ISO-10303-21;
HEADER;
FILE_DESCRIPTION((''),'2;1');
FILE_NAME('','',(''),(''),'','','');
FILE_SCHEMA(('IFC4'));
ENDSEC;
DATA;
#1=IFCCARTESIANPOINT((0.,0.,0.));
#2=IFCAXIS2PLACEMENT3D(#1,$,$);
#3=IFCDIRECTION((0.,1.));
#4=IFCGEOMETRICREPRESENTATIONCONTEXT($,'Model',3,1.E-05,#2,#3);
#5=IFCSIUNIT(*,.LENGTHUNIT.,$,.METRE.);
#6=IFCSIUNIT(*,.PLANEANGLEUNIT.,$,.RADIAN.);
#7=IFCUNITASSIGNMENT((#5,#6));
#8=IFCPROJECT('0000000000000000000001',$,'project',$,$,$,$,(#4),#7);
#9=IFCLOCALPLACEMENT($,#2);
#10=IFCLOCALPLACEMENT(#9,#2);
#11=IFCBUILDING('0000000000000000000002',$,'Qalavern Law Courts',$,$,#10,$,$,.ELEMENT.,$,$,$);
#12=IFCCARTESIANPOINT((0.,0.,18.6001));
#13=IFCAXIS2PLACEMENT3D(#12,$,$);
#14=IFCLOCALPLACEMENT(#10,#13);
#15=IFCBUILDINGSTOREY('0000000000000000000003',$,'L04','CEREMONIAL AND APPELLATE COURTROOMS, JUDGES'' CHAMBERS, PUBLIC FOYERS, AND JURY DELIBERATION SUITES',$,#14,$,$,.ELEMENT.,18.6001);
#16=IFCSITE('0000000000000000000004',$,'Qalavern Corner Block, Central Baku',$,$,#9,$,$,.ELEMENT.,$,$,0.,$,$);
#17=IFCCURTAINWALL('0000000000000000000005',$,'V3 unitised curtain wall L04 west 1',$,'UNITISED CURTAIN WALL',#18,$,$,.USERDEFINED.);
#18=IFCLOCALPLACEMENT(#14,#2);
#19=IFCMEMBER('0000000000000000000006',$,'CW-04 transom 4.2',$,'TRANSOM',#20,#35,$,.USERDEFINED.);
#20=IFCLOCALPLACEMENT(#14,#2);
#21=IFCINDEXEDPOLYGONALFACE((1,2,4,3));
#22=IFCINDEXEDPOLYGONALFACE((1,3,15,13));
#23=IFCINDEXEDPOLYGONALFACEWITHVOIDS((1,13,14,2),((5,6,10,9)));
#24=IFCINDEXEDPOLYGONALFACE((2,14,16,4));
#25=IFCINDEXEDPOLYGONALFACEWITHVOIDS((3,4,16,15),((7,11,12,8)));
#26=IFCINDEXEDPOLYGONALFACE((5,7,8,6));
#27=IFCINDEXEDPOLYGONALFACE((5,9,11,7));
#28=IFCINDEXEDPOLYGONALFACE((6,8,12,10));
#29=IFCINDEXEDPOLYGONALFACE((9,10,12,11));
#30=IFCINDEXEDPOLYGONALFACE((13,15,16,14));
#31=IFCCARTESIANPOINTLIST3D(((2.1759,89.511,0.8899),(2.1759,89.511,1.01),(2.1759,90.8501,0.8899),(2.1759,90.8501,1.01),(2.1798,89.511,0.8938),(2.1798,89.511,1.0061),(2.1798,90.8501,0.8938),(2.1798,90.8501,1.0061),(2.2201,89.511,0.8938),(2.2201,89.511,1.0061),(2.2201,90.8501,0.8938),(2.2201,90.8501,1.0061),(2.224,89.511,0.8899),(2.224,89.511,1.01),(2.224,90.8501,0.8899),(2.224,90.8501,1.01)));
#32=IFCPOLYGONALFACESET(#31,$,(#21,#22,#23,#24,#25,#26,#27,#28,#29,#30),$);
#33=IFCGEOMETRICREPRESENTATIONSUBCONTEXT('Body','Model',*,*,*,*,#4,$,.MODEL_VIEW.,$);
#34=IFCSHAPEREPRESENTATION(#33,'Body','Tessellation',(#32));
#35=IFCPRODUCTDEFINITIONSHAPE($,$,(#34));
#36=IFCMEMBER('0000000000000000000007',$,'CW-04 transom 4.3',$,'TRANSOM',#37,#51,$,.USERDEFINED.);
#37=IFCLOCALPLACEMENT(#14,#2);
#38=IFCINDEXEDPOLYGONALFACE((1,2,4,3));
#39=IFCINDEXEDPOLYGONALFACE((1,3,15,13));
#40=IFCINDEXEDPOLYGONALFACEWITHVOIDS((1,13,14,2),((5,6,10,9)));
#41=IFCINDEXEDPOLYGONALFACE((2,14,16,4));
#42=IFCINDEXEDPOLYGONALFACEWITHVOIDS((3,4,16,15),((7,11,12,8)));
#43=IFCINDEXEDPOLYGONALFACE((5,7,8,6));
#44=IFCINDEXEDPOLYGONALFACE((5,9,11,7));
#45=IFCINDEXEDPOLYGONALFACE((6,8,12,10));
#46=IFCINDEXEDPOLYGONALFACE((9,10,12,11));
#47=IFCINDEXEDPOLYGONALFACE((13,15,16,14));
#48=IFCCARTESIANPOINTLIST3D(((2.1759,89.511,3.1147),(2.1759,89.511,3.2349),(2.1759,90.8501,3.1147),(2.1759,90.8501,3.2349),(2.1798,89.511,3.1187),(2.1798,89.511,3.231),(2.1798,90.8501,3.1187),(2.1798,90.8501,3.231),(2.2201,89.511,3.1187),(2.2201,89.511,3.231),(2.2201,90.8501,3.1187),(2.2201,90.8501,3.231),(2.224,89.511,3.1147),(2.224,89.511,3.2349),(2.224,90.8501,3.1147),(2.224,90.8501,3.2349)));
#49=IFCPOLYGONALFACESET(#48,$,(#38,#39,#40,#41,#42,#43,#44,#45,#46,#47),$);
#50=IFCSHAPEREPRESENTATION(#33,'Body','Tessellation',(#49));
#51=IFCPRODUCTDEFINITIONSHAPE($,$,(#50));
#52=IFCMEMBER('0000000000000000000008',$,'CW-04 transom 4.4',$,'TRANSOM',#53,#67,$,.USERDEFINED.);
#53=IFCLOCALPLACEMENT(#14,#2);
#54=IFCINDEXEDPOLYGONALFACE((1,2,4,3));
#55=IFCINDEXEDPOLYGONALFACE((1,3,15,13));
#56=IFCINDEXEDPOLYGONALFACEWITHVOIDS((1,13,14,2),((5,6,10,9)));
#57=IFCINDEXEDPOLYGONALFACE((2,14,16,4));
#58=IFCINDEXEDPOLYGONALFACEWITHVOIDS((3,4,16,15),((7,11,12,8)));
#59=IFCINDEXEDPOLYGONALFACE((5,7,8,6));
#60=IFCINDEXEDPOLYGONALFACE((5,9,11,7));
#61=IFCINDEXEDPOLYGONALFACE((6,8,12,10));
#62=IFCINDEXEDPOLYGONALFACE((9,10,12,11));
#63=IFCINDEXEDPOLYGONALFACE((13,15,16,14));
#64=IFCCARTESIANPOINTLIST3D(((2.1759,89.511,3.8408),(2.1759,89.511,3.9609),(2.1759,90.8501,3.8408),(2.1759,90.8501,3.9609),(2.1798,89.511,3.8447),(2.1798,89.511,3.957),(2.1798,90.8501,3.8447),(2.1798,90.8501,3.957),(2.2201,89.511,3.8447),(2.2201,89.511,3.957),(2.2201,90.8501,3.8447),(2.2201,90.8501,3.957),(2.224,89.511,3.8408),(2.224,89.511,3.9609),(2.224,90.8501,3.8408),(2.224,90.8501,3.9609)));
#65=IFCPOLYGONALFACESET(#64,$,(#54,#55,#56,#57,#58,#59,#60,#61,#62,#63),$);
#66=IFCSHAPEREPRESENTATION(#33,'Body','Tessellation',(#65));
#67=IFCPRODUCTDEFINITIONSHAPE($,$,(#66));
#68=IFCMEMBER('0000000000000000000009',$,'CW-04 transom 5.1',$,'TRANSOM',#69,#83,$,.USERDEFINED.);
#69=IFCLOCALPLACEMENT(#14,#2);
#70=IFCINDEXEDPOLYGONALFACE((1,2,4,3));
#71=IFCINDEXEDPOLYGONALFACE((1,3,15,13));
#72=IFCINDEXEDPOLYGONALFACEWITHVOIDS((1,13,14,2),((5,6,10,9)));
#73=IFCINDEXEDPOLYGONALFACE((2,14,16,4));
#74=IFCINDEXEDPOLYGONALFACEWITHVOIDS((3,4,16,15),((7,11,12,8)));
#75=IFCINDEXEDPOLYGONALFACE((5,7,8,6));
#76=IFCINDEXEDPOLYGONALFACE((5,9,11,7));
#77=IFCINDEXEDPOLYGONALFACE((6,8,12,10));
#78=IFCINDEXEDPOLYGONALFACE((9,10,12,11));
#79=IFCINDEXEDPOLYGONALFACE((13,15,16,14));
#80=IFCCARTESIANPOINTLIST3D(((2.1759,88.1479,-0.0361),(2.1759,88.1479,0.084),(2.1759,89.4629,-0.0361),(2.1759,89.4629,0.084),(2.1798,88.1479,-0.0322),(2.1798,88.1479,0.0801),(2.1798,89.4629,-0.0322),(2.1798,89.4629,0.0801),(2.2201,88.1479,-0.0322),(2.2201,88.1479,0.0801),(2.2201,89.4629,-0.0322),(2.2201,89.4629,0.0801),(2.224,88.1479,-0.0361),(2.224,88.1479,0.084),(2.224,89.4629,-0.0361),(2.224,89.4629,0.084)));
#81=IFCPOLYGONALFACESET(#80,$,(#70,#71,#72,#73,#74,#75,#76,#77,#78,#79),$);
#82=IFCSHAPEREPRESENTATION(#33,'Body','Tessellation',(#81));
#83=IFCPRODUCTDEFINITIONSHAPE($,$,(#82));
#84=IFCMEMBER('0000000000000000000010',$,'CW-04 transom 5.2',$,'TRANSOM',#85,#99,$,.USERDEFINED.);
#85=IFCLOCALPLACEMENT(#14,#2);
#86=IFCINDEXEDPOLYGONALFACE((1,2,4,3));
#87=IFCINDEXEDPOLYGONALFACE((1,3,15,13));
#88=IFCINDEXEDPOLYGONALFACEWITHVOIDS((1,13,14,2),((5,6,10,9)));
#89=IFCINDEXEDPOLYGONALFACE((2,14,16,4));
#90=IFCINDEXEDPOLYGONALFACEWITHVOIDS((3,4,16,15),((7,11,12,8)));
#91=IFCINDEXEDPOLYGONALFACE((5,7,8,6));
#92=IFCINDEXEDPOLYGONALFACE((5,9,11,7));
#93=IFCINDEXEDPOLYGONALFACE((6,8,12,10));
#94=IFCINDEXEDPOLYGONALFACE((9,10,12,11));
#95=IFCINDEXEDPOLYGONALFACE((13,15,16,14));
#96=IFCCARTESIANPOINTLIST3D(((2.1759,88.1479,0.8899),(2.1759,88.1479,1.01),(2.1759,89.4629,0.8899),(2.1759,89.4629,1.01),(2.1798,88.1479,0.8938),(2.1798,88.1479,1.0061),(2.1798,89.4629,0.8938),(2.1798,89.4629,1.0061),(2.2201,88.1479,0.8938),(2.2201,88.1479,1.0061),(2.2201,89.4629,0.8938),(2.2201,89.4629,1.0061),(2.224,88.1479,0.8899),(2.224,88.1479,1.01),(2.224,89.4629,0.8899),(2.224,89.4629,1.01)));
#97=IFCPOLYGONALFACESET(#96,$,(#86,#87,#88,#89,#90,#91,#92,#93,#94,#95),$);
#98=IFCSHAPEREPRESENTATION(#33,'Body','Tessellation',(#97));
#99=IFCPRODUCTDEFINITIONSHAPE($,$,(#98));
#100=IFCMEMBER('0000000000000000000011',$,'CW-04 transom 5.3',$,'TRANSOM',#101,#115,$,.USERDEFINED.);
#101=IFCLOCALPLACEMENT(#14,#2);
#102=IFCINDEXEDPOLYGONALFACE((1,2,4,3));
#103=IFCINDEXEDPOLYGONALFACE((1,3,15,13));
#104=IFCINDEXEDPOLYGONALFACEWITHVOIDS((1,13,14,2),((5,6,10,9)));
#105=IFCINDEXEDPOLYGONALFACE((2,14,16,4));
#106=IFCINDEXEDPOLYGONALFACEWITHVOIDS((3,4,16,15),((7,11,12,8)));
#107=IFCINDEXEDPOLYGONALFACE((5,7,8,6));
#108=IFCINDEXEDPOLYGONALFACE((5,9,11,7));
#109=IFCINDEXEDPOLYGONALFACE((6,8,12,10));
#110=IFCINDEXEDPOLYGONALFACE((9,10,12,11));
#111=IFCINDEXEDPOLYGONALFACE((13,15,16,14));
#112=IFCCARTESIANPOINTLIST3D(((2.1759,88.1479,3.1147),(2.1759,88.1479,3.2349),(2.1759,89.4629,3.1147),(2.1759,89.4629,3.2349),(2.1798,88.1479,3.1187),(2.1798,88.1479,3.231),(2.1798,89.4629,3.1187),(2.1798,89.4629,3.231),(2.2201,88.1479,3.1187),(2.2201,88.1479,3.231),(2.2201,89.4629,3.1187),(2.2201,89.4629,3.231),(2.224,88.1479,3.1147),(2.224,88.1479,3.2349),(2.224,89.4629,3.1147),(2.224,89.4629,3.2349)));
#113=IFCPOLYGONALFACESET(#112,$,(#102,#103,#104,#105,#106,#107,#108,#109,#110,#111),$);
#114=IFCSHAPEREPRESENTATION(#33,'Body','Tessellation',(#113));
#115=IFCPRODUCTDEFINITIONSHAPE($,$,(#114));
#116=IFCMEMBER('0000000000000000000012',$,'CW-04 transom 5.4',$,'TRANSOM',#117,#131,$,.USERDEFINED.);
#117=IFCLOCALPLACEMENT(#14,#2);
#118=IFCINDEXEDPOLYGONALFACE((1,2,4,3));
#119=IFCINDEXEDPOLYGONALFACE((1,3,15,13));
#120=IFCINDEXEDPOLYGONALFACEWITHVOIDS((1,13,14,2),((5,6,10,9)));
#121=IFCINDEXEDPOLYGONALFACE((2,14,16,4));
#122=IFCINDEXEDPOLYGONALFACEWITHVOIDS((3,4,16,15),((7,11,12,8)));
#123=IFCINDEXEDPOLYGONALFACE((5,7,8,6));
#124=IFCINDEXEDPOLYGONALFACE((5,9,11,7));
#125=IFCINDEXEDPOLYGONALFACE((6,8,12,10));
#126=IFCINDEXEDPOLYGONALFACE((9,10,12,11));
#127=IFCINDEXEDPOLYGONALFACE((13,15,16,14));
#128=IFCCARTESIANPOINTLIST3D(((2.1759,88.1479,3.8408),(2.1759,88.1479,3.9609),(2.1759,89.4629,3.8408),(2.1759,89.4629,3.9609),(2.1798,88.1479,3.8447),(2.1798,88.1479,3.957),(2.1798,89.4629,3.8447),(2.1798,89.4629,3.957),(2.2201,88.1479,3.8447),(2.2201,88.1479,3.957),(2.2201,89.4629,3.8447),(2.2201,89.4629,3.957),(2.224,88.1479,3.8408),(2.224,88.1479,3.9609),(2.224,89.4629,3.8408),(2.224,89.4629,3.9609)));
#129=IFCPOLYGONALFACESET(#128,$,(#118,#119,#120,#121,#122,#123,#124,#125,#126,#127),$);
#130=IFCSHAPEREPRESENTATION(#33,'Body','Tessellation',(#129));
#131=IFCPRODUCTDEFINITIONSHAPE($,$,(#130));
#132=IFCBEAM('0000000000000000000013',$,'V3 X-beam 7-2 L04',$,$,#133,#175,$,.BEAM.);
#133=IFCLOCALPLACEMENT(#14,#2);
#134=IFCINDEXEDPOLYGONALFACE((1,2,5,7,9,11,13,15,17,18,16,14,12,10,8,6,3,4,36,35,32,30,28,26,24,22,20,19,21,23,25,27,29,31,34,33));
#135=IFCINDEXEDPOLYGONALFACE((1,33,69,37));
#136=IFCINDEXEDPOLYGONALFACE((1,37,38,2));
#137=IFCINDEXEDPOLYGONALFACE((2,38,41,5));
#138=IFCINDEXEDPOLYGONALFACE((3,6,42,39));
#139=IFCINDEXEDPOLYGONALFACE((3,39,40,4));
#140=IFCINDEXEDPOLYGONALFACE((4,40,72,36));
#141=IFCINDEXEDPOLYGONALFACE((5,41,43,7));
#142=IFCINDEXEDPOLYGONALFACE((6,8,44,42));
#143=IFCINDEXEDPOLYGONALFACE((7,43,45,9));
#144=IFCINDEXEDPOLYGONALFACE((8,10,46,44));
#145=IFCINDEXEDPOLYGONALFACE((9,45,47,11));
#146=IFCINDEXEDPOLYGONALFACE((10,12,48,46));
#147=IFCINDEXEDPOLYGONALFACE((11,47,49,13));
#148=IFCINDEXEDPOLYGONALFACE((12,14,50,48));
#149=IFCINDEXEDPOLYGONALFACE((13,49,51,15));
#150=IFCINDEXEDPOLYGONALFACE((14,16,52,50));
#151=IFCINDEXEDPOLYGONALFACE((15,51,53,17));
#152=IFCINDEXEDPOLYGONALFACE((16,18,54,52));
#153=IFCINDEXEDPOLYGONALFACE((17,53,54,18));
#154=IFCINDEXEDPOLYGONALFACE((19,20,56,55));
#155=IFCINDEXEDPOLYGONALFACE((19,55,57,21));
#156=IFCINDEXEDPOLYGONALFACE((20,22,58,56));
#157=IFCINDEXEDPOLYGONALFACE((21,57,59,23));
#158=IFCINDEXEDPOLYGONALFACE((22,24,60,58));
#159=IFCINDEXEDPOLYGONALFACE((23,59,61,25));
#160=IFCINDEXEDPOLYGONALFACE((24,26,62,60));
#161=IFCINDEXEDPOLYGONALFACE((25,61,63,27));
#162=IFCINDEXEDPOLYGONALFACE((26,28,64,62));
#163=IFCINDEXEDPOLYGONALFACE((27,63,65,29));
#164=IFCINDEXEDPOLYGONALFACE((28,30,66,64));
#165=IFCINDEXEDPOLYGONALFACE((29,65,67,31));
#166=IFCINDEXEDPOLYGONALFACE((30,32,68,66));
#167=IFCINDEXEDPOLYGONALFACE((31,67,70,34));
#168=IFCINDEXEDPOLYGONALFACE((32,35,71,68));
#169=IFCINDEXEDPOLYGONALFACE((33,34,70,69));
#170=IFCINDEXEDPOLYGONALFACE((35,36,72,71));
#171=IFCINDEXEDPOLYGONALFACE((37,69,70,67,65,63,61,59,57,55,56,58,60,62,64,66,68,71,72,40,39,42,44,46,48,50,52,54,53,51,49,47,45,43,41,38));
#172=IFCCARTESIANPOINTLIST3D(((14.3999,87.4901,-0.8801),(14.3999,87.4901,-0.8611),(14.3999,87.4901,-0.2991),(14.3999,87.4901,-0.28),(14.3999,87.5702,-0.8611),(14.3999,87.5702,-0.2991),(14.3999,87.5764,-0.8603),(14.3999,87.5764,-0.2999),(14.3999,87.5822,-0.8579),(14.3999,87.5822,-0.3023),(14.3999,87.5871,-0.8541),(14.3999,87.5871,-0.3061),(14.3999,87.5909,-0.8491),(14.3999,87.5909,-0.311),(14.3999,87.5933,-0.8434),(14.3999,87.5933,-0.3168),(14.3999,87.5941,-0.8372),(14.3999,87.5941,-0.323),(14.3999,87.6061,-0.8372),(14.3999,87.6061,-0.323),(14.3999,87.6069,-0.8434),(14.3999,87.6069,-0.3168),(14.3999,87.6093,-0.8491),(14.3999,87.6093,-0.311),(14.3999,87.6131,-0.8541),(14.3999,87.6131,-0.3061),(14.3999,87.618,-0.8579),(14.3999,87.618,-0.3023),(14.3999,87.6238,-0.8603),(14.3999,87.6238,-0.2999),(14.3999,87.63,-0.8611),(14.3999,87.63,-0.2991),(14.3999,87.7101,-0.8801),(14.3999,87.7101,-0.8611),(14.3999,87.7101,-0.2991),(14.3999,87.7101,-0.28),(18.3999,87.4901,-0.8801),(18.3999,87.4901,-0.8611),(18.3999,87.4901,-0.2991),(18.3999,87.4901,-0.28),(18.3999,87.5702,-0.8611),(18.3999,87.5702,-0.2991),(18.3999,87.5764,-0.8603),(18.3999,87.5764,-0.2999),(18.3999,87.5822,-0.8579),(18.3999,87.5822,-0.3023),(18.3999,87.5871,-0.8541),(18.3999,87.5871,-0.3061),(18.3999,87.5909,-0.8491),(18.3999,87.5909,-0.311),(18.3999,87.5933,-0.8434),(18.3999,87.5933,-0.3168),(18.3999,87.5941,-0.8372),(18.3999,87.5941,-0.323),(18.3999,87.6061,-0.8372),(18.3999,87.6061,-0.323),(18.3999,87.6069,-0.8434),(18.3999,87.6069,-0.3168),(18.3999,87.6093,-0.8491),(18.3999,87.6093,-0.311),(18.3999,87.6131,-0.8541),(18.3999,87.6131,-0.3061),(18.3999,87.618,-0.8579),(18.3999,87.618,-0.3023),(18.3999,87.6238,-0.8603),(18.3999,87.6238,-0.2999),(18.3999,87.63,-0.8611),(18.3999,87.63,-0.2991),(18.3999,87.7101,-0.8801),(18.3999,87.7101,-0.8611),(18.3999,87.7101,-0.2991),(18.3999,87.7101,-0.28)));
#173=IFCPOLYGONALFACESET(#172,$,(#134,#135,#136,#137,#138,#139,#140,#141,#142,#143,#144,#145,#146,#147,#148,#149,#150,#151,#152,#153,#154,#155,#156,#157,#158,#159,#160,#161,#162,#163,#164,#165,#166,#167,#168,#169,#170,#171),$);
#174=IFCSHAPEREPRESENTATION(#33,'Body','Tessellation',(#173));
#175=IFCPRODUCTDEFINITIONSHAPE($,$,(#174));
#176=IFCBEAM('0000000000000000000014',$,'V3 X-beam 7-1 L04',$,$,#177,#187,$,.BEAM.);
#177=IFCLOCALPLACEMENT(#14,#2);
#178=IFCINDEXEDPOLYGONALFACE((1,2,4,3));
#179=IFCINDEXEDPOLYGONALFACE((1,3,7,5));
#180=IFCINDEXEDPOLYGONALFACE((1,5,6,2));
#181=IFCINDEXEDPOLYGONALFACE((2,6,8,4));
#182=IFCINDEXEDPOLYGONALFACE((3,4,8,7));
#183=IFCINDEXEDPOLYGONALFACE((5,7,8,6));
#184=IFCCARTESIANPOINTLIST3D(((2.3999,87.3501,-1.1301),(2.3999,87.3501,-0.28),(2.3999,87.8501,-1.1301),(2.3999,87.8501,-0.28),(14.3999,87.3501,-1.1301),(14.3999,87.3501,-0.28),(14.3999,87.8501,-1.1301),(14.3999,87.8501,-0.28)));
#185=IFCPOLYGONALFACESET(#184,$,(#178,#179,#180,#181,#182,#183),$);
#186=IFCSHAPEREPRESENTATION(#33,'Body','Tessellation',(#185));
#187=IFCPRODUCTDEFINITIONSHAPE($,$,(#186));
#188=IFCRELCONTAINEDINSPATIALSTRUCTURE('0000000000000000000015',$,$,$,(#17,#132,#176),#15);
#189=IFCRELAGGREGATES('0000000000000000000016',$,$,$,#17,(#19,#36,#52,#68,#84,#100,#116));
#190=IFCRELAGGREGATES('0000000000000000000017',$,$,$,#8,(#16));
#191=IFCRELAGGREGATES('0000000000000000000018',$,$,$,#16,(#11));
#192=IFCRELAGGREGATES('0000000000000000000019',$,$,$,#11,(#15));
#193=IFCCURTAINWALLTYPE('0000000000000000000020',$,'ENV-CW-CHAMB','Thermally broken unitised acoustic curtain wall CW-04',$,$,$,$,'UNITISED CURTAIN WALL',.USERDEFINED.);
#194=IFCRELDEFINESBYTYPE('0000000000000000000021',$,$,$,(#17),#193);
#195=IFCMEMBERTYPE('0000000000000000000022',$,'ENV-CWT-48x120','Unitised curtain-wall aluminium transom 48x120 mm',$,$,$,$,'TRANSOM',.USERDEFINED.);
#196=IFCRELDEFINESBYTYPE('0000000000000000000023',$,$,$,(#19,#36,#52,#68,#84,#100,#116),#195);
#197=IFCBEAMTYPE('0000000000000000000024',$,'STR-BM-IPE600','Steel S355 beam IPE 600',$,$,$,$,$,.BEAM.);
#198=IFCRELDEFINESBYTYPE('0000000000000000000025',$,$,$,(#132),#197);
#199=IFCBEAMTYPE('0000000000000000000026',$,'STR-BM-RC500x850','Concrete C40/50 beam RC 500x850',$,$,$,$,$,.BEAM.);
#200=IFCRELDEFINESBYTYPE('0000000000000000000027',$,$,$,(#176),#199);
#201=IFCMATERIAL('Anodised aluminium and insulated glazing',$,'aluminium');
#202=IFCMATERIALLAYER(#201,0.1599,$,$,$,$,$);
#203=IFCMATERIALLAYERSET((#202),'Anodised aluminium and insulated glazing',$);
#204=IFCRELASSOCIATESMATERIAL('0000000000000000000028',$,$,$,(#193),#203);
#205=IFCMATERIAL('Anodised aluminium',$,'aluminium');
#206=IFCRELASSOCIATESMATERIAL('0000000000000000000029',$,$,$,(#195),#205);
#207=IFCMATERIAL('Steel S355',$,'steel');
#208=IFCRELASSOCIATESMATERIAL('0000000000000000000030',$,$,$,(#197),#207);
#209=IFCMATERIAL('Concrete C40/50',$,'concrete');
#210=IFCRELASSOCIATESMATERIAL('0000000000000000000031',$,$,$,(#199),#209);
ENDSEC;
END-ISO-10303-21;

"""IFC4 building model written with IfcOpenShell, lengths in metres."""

from ifc_helpers import new_model, si_unit, direction, frame, origin, origin_2d, place, context, subcontext, project, spatial, rectangle, hollow_rectangle, i_section, extrude, material, layer, layer_set, material_profile, profile_set, type_object, element, aggregate, save


model = new_model("IFC4")

# Units and contexts
model_context = context("Model", 3, precision=1e-05, world=origin(), true_north=direction((0.0, 1.0)))
body_context = subcontext(model_context, "Body", "Model", "MODEL_VIEW")
ifc_project = project(units=[si_unit("LENGTHUNIT", "METRE"), si_unit("PLANEANGLEUNIT", "RADIAN")], contexts=[model_context])

# Site, building, storey
site_placement = place(None, origin())
site = spatial("IfcSite", under=ifc_project, at=site_placement, Name="Qalavern Corner Block, Central Baku", CompositionType="ELEMENT", RefElevation=0.0)
building_placement = place(site_placement, origin())
building = spatial("IfcBuilding", under=site, at=building_placement, Name="Qalavern Law Courts", CompositionType="ELEMENT")
storey_placement = place(building_placement, frame((0.0, 0.0, 18.6001)))
storey = spatial("IfcBuildingStorey", under=building, at=storey_placement, Name="L04", Description="CEREMONIAL AND APPELLATE COURTROOMS, JUDGES' CHAMBERS, PUBLIC FOYERS, AND JURY DELIBERATION SUITES", CompositionType="ELEMENT", Elevation=18.6001)

# Curtain wall, members
ifc_material_1 = material(Name="Anodised aluminium and insulated glazing", Category="aluminium")
ifc_layer_1 = layer(ifc_material_1, 0.1599)
ifc_layer_set_1 = layer_set([ifc_layer_1], Name="Anodised aluminium and insulated glazing")
curtain_wall_type = type_object("IfcCurtainWallType", Name="ENV-CW-CHAMB", Description="Thermally broken unitised acoustic curtain wall CW-04", ElementType="UNITISED CURTAIN WALL", PredefinedType="USERDEFINED", material=ifc_layer_set_1)
curtain_wall_placement = place(storey_placement, origin())
curtain_wall = element("IfcCurtainWall", 1, at=curtain_wall_placement, inside=storey, type_object=curtain_wall_type, Name="V3 unitised curtain wall L04 west 1", ObjectType="UNITISED CURTAIN WALL", PredefinedType="USERDEFINED")
ifc_material_2 = material(Name="Anodised aluminium", Category="aluminium")
ifc_material_profile_1 = material_profile(ifc_material_2, hollow_rectangle(XDim=0.0481, YDim=0.1201, WallThickness=0.0039, at=origin_2d()), Name="ALU TRANSOM 48x120")
ifc_profile_set_1 = profile_set([ifc_material_profile_1], Name="Anodised aluminium")
member_type_1 = type_object("IfcMemberType", Name="ENV-CWT-48x120", Description="Unitised curtain-wall aluminium transom 48x120 mm", ElementType="TRANSOM", PredefinedType="USERDEFINED", material=ifc_profile_set_1)
member_1_placement = place(storey_placement, frame((2.2, 90.8501, 0.95), z_axis=(0.0, -1.0, 0.0), x_axis=(1.0, 0.0, 0.0)))
member_1 = element("IfcMember", 2, at=member_1_placement, type_object=member_type_1, Name="CW-04 transom 4.2", ObjectType="TRANSOM", PredefinedType="USERDEFINED", context=body_context, shape_type="SweptSolid", body=[
    extrude(hollow_rectangle(XDim=0.0481, YDim=0.1201, WallThickness=0.0039, at=origin_2d()), origin(), (0.0, 0.0, 1.0), 1.3391),
])
member_2_placement = place(storey_placement, frame((2.2, 90.8501, 3.1748), z_axis=(0.0, -1.0, 0.0), x_axis=(1.0, 0.0, 0.0)))
member_2 = element("IfcMember", 3, at=member_2_placement, type_object=member_type_1, Name="CW-04 transom 4.3", ObjectType="TRANSOM", PredefinedType="USERDEFINED", context=body_context, shape_type="SweptSolid", body=[
    extrude(hollow_rectangle(XDim=0.0481, YDim=0.1201, WallThickness=0.0039, at=origin_2d()), origin(), (0.0, 0.0, 1.0), 1.3391),
])
member_3_placement = place(storey_placement, frame((2.2, 90.8501, 3.9009), z_axis=(0.0, -1.0, 0.0), x_axis=(1.0, 0.0, 0.0)))
member_3 = element("IfcMember", 4, at=member_3_placement, type_object=member_type_1, Name="CW-04 transom 4.4", ObjectType="TRANSOM", PredefinedType="USERDEFINED", context=body_context, shape_type="SweptSolid", body=[
    extrude(hollow_rectangle(XDim=0.0481, YDim=0.1201, WallThickness=0.0039, at=origin_2d()), origin(), (0.0, 0.0, 1.0), 1.3391),
])
member_4_placement = place(storey_placement, frame((2.2, 89.4629, 0.0239), z_axis=(0.0, -1.0, 0.0), x_axis=(1.0, 0.0, 0.0)))
member_4 = element("IfcMember", 5, at=member_4_placement, type_object=member_type_1, Name="CW-04 transom 5.1", ObjectType="TRANSOM", PredefinedType="USERDEFINED", context=body_context, shape_type="SweptSolid", body=[
    extrude(hollow_rectangle(XDim=0.0481, YDim=0.1201, WallThickness=0.0039, at=origin_2d()), origin(), (0.0, 0.0, 1.0), 1.3149),
])
member_5_placement = place(storey_placement, frame((2.2, 89.4629, 0.95), z_axis=(0.0, -1.0, 0.0), x_axis=(1.0, 0.0, 0.0)))
member_5 = element("IfcMember", 6, at=member_5_placement, type_object=member_type_1, Name="CW-04 transom 5.2", ObjectType="TRANSOM", PredefinedType="USERDEFINED", context=body_context, shape_type="SweptSolid", body=[
    extrude(hollow_rectangle(XDim=0.0481, YDim=0.1201, WallThickness=0.0039, at=origin_2d()), origin(), (0.0, 0.0, 1.0), 1.3149),
])
member_6_placement = place(storey_placement, frame((2.2, 89.4629, 3.1748), z_axis=(0.0, -1.0, 0.0), x_axis=(1.0, 0.0, 0.0)))
member_6 = element("IfcMember", 7, at=member_6_placement, type_object=member_type_1, Name="CW-04 transom 5.3", ObjectType="TRANSOM", PredefinedType="USERDEFINED", context=body_context, shape_type="SweptSolid", body=[
    extrude(hollow_rectangle(XDim=0.0481, YDim=0.1201, WallThickness=0.0039, at=origin_2d()), origin(), (0.0, 0.0, 1.0), 1.3149),
])
member_7_placement = place(storey_placement, frame((2.2, 89.4629, 3.9009), z_axis=(0.0, -1.0, 0.0), x_axis=(1.0, 0.0, 0.0)))
member_7 = element("IfcMember", 8, at=member_7_placement, type_object=member_type_1, Name="CW-04 transom 5.4", ObjectType="TRANSOM", PredefinedType="USERDEFINED", context=body_context, shape_type="SweptSolid", body=[
    extrude(hollow_rectangle(XDim=0.0481, YDim=0.1201, WallThickness=0.0039, at=origin_2d()), origin(), (0.0, 0.0, 1.0), 1.3149),
])

# Beams
ifc_material_3 = material(Name="Steel S355", Category="steel")
ifc_material_profile_2 = material_profile(ifc_material_3, i_section(OverallWidth=0.22, OverallDepth=0.6001, WebThickness=0.012, FlangeThickness=0.019, FilletRadius=0.0239, at=origin_2d()), Name="IPE 600")
ifc_profile_set_2 = profile_set([ifc_material_profile_2], Name="Steel S355")
beam_type_1 = type_object("IfcBeamType", Name="STR-BM-IPE600", Description="Steel S355 beam IPE 600", PredefinedType="BEAM", material=ifc_profile_set_2)
beam_1_placement = place(storey_placement, frame((14.3999, 87.6001, -0.5801), z_axis=(1.0, 0.0, 0.0), x_axis=(0.0, 1.0, 0.0)))
element("IfcBeam", 9, at=beam_1_placement, inside=storey, type_object=beam_type_1, Name="V3 X-beam 7-2 L04", PredefinedType="BEAM", context=body_context, shape_type="SweptSolid", body=[
    extrude(i_section(OverallWidth=0.22, OverallDepth=0.6001, WebThickness=0.012, FlangeThickness=0.019, FilletRadius=0.0239, at=origin_2d()), origin(), (0.0, 0.0, 1.0), 4.0),
])
ifc_material_4 = material(Name="Concrete C40/50", Category="concrete")
ifc_material_profile_3 = material_profile(ifc_material_4, rectangle(XDim=0.5, YDim=0.8501, at=origin_2d()), Name="RC 500x850")
ifc_profile_set_3 = profile_set([ifc_material_profile_3], Name="Concrete C40/50")
beam_type_2 = type_object("IfcBeamType", Name="STR-BM-RC500x850", Description="Concrete C40/50 beam RC 500x850", PredefinedType="BEAM", material=ifc_profile_set_3)
beam_2_placement = place(storey_placement, frame((2.3999, 87.6001, -0.7051), z_axis=(1.0, 0.0, 0.0), x_axis=(0.0, 1.0, 0.0)))
element("IfcBeam", 10, at=beam_2_placement, inside=storey, type_object=beam_type_2, Name="V3 X-beam 7-1 L04", PredefinedType="BEAM", context=body_context, shape_type="SweptSolid", body=[
    extrude(rectangle(XDim=0.5, YDim=0.8501, at=origin_2d()), origin(), (0.0, 0.0, 1.0), 12.0),
])

aggregate(curtain_wall, [member_1, member_2, member_3, member_4, member_5, member_6, member_7])

save(model, "model.ifc")
